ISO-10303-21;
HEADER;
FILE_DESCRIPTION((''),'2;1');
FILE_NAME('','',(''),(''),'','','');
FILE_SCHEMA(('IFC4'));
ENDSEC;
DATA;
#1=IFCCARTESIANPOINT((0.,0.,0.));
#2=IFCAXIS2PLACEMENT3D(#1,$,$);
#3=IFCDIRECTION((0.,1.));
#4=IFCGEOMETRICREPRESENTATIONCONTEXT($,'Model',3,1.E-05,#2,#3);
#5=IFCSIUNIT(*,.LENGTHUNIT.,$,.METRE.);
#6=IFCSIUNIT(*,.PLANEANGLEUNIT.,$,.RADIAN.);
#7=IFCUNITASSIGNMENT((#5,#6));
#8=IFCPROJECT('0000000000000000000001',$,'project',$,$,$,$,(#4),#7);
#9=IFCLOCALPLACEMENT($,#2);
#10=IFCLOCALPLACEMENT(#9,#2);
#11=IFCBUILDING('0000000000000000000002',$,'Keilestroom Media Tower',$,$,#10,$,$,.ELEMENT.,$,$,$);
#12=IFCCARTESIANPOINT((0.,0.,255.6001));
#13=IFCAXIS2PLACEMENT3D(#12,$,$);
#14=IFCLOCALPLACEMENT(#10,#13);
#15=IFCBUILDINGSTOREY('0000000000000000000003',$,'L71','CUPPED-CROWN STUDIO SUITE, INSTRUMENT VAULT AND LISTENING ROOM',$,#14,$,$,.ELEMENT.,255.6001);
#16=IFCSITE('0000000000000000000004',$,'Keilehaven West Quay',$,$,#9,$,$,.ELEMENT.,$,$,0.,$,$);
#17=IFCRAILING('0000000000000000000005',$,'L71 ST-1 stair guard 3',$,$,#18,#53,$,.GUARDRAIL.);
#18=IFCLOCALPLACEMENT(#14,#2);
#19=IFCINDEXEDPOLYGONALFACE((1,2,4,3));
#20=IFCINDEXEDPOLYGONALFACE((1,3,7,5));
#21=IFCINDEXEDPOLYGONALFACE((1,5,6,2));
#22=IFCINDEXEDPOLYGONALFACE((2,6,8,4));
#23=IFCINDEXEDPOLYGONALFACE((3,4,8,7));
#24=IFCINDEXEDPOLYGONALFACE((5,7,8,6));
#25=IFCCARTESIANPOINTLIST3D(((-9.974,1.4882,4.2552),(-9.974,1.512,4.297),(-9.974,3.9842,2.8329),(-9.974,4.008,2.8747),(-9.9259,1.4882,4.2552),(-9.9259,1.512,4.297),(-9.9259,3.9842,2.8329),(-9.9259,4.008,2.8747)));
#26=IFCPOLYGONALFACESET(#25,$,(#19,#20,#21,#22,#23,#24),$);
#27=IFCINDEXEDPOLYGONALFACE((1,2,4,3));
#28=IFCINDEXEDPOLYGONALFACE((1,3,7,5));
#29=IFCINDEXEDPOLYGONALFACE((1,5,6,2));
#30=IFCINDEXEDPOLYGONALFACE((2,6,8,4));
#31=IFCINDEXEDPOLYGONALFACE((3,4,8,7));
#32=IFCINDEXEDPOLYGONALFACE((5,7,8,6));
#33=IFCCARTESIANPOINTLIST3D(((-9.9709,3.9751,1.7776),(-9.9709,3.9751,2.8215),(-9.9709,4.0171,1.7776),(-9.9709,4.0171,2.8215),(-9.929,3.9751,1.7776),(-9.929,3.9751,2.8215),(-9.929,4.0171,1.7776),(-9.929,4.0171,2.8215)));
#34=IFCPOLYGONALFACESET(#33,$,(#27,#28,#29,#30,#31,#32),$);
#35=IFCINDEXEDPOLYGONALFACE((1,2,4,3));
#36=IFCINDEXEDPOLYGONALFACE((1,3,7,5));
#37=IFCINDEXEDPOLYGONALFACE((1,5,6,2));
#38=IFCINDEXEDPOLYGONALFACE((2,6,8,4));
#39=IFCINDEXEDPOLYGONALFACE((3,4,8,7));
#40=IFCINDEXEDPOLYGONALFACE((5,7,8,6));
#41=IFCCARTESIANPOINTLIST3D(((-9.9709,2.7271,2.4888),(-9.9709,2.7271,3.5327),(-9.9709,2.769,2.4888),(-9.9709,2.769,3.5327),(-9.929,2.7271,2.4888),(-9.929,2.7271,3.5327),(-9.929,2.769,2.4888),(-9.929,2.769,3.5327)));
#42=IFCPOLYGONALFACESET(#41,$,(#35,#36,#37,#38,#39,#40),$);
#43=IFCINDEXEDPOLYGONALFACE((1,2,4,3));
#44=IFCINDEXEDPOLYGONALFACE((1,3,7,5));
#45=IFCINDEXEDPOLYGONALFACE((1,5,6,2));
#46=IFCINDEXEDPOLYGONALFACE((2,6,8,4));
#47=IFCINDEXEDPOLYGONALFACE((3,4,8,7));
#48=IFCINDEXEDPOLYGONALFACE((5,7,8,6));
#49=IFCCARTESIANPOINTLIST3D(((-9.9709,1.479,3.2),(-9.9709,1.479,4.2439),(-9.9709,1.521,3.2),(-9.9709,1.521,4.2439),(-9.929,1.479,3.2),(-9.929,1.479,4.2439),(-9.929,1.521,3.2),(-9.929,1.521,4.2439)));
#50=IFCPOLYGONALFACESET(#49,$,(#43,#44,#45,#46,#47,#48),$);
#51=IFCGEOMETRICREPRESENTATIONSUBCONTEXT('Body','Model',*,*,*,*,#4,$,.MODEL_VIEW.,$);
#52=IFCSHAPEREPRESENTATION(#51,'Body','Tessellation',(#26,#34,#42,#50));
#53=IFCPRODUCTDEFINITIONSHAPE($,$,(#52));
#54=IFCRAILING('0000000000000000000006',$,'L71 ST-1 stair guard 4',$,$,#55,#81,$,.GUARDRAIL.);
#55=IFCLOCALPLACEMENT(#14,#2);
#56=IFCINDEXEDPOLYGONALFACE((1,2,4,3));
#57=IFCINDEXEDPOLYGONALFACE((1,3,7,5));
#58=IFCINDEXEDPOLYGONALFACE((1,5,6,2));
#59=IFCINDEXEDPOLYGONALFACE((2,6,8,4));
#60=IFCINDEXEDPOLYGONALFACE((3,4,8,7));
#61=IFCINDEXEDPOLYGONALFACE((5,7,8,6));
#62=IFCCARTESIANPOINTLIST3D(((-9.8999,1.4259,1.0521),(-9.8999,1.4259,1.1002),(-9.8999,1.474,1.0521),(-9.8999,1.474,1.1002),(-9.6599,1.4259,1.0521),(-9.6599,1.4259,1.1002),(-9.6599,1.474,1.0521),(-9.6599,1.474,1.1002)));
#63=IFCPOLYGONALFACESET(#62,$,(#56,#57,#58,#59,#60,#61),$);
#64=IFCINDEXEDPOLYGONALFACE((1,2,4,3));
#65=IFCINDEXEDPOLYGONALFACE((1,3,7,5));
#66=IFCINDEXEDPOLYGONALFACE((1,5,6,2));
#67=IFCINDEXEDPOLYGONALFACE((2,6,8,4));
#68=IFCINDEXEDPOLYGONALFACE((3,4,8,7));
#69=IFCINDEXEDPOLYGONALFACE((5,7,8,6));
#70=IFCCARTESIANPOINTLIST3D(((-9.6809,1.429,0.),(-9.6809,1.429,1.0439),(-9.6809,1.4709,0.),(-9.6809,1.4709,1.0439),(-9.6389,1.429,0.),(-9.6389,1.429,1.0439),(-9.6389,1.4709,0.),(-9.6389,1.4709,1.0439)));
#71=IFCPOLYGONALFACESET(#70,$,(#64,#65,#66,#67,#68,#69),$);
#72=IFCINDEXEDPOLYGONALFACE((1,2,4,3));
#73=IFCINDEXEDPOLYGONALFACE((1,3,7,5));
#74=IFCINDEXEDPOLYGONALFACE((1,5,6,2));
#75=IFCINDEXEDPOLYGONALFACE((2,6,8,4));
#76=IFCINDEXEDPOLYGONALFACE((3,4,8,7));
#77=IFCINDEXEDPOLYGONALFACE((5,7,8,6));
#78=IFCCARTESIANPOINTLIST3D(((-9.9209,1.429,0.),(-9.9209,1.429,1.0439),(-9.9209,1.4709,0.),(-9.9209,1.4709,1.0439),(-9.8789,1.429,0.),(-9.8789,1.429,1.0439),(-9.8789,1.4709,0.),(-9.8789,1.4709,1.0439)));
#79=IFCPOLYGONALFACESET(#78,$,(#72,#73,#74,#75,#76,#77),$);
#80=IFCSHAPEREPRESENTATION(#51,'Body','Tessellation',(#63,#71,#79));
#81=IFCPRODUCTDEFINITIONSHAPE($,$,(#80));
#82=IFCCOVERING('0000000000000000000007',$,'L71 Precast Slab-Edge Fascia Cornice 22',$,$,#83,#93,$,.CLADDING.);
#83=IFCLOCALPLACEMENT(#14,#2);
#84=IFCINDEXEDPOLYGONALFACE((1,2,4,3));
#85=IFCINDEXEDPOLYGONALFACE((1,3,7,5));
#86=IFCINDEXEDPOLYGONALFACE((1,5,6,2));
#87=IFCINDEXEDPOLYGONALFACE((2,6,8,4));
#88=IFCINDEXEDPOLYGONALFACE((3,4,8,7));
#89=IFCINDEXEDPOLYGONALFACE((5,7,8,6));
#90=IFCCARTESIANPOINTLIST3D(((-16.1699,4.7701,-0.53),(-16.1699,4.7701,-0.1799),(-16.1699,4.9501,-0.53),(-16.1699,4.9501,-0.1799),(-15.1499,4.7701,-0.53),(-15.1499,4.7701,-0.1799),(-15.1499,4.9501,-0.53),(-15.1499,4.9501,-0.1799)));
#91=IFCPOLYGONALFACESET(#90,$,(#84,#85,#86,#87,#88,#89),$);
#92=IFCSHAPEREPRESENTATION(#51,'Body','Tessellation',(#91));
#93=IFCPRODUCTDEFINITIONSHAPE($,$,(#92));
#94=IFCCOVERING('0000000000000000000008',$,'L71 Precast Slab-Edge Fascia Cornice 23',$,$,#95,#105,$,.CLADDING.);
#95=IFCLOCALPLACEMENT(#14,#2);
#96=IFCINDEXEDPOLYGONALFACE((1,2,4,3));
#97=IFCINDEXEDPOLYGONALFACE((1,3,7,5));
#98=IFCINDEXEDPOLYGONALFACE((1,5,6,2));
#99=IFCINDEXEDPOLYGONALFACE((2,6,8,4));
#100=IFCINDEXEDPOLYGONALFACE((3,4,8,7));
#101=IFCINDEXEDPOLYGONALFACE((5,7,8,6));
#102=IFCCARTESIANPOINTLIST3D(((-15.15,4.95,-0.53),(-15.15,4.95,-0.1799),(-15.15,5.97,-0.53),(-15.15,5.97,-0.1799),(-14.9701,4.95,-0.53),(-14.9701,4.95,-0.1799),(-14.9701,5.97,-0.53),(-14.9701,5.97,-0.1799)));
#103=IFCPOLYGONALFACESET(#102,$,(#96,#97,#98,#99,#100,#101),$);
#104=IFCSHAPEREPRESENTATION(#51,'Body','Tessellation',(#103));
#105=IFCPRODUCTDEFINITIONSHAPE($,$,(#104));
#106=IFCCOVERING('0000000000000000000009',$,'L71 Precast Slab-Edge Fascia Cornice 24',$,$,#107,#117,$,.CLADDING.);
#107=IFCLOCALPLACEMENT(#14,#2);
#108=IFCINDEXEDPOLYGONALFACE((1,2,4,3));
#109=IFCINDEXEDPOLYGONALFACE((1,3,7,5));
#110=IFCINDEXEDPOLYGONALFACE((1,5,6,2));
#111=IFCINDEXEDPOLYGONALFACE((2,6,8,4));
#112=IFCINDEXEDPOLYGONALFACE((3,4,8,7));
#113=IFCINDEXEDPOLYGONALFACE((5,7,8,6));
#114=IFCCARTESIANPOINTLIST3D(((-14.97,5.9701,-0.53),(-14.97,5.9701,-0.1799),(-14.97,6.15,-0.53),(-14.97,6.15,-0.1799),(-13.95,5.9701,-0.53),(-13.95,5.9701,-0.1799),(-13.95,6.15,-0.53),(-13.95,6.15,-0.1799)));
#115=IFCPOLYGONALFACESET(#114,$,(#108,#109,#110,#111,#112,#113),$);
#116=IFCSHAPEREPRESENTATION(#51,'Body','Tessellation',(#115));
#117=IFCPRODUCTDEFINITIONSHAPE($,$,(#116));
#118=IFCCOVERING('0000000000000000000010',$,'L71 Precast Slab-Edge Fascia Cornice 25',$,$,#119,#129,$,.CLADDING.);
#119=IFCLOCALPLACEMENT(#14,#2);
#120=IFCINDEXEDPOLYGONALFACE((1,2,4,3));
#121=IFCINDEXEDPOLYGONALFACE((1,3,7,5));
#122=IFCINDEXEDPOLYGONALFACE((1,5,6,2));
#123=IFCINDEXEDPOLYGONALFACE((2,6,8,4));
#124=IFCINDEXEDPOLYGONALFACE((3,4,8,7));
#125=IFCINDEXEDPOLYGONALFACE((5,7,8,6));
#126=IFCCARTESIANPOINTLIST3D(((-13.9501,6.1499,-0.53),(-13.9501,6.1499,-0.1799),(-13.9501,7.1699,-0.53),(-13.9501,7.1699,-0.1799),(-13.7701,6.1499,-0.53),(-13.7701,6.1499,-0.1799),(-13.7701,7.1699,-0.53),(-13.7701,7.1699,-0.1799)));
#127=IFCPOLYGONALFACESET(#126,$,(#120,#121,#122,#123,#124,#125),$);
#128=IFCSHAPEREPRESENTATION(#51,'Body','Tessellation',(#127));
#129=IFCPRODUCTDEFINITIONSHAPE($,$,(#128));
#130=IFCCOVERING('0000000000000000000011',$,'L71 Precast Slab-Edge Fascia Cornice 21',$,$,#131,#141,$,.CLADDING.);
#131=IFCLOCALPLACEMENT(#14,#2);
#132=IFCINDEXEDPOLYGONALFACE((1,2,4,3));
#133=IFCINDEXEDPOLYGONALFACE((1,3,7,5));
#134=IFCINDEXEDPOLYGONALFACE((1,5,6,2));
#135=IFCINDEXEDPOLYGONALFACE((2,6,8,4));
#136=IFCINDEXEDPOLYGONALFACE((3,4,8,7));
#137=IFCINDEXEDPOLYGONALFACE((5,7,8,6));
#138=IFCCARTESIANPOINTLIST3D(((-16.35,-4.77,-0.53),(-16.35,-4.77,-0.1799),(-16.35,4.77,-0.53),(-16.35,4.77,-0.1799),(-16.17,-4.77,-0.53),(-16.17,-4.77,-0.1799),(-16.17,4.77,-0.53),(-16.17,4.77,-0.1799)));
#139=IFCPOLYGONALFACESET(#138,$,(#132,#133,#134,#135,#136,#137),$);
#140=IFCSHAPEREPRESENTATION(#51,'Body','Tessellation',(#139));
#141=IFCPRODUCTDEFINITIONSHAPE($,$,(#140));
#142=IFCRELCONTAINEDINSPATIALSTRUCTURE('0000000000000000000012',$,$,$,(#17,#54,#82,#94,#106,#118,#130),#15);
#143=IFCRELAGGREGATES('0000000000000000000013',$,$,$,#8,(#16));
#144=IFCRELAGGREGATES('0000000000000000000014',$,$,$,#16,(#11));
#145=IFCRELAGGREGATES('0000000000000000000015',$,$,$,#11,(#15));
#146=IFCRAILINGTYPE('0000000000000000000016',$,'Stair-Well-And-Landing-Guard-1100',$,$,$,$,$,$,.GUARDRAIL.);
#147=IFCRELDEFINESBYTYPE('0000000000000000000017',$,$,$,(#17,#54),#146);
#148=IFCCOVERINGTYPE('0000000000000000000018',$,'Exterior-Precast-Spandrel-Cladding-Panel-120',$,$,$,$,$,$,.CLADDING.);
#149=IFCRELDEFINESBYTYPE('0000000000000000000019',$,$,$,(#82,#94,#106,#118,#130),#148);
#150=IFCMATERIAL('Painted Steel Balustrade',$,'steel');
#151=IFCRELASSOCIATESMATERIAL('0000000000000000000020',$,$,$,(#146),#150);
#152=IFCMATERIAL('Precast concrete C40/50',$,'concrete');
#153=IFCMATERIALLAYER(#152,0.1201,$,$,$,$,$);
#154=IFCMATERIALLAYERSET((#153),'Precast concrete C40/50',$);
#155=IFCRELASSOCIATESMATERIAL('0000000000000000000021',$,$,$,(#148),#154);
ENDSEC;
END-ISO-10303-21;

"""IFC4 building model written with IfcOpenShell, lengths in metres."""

from ifc_helpers import new_model, si_unit, direction, frame, origin, origin_2d, place, context, subcontext, project, spatial, rectangle, extrude, source, transform, mapped, material, layer, layer_set, type_object, element, save


model = new_model("IFC4")

# Units and contexts
model_context = context("Model", 3, precision=1e-05, world=origin(), true_north=direction((0.0, 1.0)))
body_context = subcontext(model_context, "Body", "Model", "MODEL_VIEW")
ifc_project = project(units=[si_unit("LENGTHUNIT", "METRE"), si_unit("PLANEANGLEUNIT", "RADIAN")], contexts=[model_context])

# Site, building, storey
site_placement = place(None, origin())
site = spatial("IfcSite", under=ifc_project, at=site_placement, Name="Keilehaven West Quay", CompositionType="ELEMENT", RefElevation=0.0)
building_placement = place(site_placement, origin())
building = spatial("IfcBuilding", under=site, at=building_placement, Name="Keilestroom Media Tower", CompositionType="ELEMENT")
storey_placement = place(building_placement, frame((0.0, 0.0, 255.6001)))
storey = spatial("IfcBuildingStorey", under=building, at=storey_placement, Name="L71", Description="CUPPED-CROWN STUDIO SUITE, INSTRUMENT VAULT AND LISTENING ROOM", CompositionType="ELEMENT", Elevation=255.6001)

# Shared definitions
ifc_material_1 = material(Name="Precast concrete C40/50", Category="concrete")

# Railings
ifc_material_2 = material(Name="Painted Steel Balustrade", Category="steel")
railing_type_1 = type_object("IfcRailingType", Name="Stair-Well-And-Landing-Guard-1100", PredefinedType="GUARDRAIL", material=ifc_material_2)
railing_1_placement = place(storey_placement, frame((-9.95, 3.9961, 1.7776)))
element("IfcRailing", 1, at=railing_1_placement, inside=storey, type_object=railing_type_1, Name="L71 ST-1 stair guard 3", PredefinedType="GUARDRAIL", context=body_context, shape_type="SweptSolid", body=[
    extrude(rectangle(XDim=0.0481, YDim=0.0481, at=origin_2d()), frame((0.0, 0.0, 1.0762), z_axis=(0.0, -0.868839, 0.495095), x_axis=(1.0, 0.0, 0.0)), (0.0, 0.0, 1.0), 2.8728),
    extrude(rectangle(XDim=0.042, YDim=0.042, at=origin_2d()), origin(), (0.0, 0.0, 1.0), 1.0439),
    extrude(rectangle(XDim=0.042, YDim=0.042, at=origin_2d()), frame((0.0, -1.248, 0.7112)), (0.0, 0.0, 1.0), 1.0439),
    extrude(rectangle(XDim=0.042, YDim=0.042, at=origin_2d()), frame((0.0, -2.4961, 1.4224)), (0.0, 0.0, 1.0), 1.0439),
])
railing_2_placement = place(storey_placement, frame((-9.6599, 1.45, 0.0)))
element("IfcRailing", 2, at=railing_2_placement, inside=storey, type_object=railing_type_1, Name="L71 ST-1 stair guard 4", PredefinedType="GUARDRAIL", context=body_context, shape_type="SweptSolid", body=[
    extrude(rectangle(XDim=0.0481, YDim=0.0481, at=origin_2d()), frame((0.0, 0.0, 1.0762), z_axis=(-1.0, 0.0, 0.0), x_axis=(0.0, -1.0, 0.0)), (0.0, 0.0, 1.0), 0.24),
    extrude(rectangle(XDim=0.042, YDim=0.042, at=origin_2d()), origin(), (0.0, 0.0, 1.0), 1.0439),
    extrude(rectangle(XDim=0.042, YDim=0.042, at=origin_2d()), frame((-0.24, 0.0, 0.0)), (0.0, 0.0, 1.0), 1.0439),
])

# Coverings
ifc_layer_1 = layer(ifc_material_1, 0.1201)
ifc_layer_set_1 = layer_set([ifc_layer_1], Name="Precast concrete C40/50")
covering_type = type_object("IfcCoveringType", Name="Exterior-Precast-Spandrel-Cladding-Panel-120", PredefinedType="CLADDING", material=ifc_layer_set_1)
shared_shape_1 = source(origin(), body_context, "Body", "SweptSolid", [
    extrude(rectangle(XDim=1.02, YDim=0.1799, at=origin_2d()), origin(), (0.0, 0.0, 1.0), 0.3501),
])
for number, where, z_axis, x_axis, name in (
    (3, (-15.6599, 4.8601, -0.53), (0.0, 0.0, 1.0), (1.0, 0.0, 0.0), "L71 Precast Slab-Edge Fascia Cornice 22"),
    (4, (-15.0601, 5.46, -0.53), (0.0, 0.0, 1.0), (0.0, 1.0, 0.0), "L71 Precast Slab-Edge Fascia Cornice 23"),
    (5, (-14.46, 6.0601, -0.53), (0.0, 0.0, 1.0), (1.0, 0.0, 0.0), "L71 Precast Slab-Edge Fascia Cornice 24"),
    (6, (-13.8601, 6.6599, -0.53), (0.0, 0.0, 1.0), (0.0, 1.0, 0.0), "L71 Precast Slab-Edge Fascia Cornice 25"),
):
    element("IfcCovering", number, at=place(storey_placement, frame(where, z_axis=z_axis, x_axis=x_axis)), inside=storey, type_object=covering_type, Name=name, PredefinedType="CLADDING", context=body_context, shape_type="MappedRepresentation", body=[
        mapped(shared_shape_1, transform((0.0, 0.0, 0.0), x_axis=(1.0, 0.0, 0.0), y_axis=(0.0, 1.0, 0.0), z_axis=(0.0, 0.0, 1.0), scale=1.0)),
    ])
shared_shape_2 = source(origin(), body_context, "Body", "SweptSolid", [
    extrude(rectangle(XDim=9.54, YDim=0.1799, at=origin_2d()), origin(), (0.0, 0.0, 1.0), 0.3501),
])
covering_placement = place(storey_placement, frame((-16.26, 0.0, -0.53), z_axis=(0.0, 0.0, 1.0), x_axis=(0.0, 1.0, 0.0)))
element("IfcCovering", 7, at=covering_placement, inside=storey, type_object=covering_type, Name="L71 Precast Slab-Edge Fascia Cornice 21", PredefinedType="CLADDING", context=body_context, shape_type="MappedRepresentation", body=[
    mapped(shared_shape_2, transform((0.0, 0.0, 0.0), x_axis=(1.0, 0.0, 0.0), y_axis=(0.0, 1.0, 0.0), z_axis=(0.0, 0.0, 1.0), scale=1.0)),
])

save(model, "model.ifc")
